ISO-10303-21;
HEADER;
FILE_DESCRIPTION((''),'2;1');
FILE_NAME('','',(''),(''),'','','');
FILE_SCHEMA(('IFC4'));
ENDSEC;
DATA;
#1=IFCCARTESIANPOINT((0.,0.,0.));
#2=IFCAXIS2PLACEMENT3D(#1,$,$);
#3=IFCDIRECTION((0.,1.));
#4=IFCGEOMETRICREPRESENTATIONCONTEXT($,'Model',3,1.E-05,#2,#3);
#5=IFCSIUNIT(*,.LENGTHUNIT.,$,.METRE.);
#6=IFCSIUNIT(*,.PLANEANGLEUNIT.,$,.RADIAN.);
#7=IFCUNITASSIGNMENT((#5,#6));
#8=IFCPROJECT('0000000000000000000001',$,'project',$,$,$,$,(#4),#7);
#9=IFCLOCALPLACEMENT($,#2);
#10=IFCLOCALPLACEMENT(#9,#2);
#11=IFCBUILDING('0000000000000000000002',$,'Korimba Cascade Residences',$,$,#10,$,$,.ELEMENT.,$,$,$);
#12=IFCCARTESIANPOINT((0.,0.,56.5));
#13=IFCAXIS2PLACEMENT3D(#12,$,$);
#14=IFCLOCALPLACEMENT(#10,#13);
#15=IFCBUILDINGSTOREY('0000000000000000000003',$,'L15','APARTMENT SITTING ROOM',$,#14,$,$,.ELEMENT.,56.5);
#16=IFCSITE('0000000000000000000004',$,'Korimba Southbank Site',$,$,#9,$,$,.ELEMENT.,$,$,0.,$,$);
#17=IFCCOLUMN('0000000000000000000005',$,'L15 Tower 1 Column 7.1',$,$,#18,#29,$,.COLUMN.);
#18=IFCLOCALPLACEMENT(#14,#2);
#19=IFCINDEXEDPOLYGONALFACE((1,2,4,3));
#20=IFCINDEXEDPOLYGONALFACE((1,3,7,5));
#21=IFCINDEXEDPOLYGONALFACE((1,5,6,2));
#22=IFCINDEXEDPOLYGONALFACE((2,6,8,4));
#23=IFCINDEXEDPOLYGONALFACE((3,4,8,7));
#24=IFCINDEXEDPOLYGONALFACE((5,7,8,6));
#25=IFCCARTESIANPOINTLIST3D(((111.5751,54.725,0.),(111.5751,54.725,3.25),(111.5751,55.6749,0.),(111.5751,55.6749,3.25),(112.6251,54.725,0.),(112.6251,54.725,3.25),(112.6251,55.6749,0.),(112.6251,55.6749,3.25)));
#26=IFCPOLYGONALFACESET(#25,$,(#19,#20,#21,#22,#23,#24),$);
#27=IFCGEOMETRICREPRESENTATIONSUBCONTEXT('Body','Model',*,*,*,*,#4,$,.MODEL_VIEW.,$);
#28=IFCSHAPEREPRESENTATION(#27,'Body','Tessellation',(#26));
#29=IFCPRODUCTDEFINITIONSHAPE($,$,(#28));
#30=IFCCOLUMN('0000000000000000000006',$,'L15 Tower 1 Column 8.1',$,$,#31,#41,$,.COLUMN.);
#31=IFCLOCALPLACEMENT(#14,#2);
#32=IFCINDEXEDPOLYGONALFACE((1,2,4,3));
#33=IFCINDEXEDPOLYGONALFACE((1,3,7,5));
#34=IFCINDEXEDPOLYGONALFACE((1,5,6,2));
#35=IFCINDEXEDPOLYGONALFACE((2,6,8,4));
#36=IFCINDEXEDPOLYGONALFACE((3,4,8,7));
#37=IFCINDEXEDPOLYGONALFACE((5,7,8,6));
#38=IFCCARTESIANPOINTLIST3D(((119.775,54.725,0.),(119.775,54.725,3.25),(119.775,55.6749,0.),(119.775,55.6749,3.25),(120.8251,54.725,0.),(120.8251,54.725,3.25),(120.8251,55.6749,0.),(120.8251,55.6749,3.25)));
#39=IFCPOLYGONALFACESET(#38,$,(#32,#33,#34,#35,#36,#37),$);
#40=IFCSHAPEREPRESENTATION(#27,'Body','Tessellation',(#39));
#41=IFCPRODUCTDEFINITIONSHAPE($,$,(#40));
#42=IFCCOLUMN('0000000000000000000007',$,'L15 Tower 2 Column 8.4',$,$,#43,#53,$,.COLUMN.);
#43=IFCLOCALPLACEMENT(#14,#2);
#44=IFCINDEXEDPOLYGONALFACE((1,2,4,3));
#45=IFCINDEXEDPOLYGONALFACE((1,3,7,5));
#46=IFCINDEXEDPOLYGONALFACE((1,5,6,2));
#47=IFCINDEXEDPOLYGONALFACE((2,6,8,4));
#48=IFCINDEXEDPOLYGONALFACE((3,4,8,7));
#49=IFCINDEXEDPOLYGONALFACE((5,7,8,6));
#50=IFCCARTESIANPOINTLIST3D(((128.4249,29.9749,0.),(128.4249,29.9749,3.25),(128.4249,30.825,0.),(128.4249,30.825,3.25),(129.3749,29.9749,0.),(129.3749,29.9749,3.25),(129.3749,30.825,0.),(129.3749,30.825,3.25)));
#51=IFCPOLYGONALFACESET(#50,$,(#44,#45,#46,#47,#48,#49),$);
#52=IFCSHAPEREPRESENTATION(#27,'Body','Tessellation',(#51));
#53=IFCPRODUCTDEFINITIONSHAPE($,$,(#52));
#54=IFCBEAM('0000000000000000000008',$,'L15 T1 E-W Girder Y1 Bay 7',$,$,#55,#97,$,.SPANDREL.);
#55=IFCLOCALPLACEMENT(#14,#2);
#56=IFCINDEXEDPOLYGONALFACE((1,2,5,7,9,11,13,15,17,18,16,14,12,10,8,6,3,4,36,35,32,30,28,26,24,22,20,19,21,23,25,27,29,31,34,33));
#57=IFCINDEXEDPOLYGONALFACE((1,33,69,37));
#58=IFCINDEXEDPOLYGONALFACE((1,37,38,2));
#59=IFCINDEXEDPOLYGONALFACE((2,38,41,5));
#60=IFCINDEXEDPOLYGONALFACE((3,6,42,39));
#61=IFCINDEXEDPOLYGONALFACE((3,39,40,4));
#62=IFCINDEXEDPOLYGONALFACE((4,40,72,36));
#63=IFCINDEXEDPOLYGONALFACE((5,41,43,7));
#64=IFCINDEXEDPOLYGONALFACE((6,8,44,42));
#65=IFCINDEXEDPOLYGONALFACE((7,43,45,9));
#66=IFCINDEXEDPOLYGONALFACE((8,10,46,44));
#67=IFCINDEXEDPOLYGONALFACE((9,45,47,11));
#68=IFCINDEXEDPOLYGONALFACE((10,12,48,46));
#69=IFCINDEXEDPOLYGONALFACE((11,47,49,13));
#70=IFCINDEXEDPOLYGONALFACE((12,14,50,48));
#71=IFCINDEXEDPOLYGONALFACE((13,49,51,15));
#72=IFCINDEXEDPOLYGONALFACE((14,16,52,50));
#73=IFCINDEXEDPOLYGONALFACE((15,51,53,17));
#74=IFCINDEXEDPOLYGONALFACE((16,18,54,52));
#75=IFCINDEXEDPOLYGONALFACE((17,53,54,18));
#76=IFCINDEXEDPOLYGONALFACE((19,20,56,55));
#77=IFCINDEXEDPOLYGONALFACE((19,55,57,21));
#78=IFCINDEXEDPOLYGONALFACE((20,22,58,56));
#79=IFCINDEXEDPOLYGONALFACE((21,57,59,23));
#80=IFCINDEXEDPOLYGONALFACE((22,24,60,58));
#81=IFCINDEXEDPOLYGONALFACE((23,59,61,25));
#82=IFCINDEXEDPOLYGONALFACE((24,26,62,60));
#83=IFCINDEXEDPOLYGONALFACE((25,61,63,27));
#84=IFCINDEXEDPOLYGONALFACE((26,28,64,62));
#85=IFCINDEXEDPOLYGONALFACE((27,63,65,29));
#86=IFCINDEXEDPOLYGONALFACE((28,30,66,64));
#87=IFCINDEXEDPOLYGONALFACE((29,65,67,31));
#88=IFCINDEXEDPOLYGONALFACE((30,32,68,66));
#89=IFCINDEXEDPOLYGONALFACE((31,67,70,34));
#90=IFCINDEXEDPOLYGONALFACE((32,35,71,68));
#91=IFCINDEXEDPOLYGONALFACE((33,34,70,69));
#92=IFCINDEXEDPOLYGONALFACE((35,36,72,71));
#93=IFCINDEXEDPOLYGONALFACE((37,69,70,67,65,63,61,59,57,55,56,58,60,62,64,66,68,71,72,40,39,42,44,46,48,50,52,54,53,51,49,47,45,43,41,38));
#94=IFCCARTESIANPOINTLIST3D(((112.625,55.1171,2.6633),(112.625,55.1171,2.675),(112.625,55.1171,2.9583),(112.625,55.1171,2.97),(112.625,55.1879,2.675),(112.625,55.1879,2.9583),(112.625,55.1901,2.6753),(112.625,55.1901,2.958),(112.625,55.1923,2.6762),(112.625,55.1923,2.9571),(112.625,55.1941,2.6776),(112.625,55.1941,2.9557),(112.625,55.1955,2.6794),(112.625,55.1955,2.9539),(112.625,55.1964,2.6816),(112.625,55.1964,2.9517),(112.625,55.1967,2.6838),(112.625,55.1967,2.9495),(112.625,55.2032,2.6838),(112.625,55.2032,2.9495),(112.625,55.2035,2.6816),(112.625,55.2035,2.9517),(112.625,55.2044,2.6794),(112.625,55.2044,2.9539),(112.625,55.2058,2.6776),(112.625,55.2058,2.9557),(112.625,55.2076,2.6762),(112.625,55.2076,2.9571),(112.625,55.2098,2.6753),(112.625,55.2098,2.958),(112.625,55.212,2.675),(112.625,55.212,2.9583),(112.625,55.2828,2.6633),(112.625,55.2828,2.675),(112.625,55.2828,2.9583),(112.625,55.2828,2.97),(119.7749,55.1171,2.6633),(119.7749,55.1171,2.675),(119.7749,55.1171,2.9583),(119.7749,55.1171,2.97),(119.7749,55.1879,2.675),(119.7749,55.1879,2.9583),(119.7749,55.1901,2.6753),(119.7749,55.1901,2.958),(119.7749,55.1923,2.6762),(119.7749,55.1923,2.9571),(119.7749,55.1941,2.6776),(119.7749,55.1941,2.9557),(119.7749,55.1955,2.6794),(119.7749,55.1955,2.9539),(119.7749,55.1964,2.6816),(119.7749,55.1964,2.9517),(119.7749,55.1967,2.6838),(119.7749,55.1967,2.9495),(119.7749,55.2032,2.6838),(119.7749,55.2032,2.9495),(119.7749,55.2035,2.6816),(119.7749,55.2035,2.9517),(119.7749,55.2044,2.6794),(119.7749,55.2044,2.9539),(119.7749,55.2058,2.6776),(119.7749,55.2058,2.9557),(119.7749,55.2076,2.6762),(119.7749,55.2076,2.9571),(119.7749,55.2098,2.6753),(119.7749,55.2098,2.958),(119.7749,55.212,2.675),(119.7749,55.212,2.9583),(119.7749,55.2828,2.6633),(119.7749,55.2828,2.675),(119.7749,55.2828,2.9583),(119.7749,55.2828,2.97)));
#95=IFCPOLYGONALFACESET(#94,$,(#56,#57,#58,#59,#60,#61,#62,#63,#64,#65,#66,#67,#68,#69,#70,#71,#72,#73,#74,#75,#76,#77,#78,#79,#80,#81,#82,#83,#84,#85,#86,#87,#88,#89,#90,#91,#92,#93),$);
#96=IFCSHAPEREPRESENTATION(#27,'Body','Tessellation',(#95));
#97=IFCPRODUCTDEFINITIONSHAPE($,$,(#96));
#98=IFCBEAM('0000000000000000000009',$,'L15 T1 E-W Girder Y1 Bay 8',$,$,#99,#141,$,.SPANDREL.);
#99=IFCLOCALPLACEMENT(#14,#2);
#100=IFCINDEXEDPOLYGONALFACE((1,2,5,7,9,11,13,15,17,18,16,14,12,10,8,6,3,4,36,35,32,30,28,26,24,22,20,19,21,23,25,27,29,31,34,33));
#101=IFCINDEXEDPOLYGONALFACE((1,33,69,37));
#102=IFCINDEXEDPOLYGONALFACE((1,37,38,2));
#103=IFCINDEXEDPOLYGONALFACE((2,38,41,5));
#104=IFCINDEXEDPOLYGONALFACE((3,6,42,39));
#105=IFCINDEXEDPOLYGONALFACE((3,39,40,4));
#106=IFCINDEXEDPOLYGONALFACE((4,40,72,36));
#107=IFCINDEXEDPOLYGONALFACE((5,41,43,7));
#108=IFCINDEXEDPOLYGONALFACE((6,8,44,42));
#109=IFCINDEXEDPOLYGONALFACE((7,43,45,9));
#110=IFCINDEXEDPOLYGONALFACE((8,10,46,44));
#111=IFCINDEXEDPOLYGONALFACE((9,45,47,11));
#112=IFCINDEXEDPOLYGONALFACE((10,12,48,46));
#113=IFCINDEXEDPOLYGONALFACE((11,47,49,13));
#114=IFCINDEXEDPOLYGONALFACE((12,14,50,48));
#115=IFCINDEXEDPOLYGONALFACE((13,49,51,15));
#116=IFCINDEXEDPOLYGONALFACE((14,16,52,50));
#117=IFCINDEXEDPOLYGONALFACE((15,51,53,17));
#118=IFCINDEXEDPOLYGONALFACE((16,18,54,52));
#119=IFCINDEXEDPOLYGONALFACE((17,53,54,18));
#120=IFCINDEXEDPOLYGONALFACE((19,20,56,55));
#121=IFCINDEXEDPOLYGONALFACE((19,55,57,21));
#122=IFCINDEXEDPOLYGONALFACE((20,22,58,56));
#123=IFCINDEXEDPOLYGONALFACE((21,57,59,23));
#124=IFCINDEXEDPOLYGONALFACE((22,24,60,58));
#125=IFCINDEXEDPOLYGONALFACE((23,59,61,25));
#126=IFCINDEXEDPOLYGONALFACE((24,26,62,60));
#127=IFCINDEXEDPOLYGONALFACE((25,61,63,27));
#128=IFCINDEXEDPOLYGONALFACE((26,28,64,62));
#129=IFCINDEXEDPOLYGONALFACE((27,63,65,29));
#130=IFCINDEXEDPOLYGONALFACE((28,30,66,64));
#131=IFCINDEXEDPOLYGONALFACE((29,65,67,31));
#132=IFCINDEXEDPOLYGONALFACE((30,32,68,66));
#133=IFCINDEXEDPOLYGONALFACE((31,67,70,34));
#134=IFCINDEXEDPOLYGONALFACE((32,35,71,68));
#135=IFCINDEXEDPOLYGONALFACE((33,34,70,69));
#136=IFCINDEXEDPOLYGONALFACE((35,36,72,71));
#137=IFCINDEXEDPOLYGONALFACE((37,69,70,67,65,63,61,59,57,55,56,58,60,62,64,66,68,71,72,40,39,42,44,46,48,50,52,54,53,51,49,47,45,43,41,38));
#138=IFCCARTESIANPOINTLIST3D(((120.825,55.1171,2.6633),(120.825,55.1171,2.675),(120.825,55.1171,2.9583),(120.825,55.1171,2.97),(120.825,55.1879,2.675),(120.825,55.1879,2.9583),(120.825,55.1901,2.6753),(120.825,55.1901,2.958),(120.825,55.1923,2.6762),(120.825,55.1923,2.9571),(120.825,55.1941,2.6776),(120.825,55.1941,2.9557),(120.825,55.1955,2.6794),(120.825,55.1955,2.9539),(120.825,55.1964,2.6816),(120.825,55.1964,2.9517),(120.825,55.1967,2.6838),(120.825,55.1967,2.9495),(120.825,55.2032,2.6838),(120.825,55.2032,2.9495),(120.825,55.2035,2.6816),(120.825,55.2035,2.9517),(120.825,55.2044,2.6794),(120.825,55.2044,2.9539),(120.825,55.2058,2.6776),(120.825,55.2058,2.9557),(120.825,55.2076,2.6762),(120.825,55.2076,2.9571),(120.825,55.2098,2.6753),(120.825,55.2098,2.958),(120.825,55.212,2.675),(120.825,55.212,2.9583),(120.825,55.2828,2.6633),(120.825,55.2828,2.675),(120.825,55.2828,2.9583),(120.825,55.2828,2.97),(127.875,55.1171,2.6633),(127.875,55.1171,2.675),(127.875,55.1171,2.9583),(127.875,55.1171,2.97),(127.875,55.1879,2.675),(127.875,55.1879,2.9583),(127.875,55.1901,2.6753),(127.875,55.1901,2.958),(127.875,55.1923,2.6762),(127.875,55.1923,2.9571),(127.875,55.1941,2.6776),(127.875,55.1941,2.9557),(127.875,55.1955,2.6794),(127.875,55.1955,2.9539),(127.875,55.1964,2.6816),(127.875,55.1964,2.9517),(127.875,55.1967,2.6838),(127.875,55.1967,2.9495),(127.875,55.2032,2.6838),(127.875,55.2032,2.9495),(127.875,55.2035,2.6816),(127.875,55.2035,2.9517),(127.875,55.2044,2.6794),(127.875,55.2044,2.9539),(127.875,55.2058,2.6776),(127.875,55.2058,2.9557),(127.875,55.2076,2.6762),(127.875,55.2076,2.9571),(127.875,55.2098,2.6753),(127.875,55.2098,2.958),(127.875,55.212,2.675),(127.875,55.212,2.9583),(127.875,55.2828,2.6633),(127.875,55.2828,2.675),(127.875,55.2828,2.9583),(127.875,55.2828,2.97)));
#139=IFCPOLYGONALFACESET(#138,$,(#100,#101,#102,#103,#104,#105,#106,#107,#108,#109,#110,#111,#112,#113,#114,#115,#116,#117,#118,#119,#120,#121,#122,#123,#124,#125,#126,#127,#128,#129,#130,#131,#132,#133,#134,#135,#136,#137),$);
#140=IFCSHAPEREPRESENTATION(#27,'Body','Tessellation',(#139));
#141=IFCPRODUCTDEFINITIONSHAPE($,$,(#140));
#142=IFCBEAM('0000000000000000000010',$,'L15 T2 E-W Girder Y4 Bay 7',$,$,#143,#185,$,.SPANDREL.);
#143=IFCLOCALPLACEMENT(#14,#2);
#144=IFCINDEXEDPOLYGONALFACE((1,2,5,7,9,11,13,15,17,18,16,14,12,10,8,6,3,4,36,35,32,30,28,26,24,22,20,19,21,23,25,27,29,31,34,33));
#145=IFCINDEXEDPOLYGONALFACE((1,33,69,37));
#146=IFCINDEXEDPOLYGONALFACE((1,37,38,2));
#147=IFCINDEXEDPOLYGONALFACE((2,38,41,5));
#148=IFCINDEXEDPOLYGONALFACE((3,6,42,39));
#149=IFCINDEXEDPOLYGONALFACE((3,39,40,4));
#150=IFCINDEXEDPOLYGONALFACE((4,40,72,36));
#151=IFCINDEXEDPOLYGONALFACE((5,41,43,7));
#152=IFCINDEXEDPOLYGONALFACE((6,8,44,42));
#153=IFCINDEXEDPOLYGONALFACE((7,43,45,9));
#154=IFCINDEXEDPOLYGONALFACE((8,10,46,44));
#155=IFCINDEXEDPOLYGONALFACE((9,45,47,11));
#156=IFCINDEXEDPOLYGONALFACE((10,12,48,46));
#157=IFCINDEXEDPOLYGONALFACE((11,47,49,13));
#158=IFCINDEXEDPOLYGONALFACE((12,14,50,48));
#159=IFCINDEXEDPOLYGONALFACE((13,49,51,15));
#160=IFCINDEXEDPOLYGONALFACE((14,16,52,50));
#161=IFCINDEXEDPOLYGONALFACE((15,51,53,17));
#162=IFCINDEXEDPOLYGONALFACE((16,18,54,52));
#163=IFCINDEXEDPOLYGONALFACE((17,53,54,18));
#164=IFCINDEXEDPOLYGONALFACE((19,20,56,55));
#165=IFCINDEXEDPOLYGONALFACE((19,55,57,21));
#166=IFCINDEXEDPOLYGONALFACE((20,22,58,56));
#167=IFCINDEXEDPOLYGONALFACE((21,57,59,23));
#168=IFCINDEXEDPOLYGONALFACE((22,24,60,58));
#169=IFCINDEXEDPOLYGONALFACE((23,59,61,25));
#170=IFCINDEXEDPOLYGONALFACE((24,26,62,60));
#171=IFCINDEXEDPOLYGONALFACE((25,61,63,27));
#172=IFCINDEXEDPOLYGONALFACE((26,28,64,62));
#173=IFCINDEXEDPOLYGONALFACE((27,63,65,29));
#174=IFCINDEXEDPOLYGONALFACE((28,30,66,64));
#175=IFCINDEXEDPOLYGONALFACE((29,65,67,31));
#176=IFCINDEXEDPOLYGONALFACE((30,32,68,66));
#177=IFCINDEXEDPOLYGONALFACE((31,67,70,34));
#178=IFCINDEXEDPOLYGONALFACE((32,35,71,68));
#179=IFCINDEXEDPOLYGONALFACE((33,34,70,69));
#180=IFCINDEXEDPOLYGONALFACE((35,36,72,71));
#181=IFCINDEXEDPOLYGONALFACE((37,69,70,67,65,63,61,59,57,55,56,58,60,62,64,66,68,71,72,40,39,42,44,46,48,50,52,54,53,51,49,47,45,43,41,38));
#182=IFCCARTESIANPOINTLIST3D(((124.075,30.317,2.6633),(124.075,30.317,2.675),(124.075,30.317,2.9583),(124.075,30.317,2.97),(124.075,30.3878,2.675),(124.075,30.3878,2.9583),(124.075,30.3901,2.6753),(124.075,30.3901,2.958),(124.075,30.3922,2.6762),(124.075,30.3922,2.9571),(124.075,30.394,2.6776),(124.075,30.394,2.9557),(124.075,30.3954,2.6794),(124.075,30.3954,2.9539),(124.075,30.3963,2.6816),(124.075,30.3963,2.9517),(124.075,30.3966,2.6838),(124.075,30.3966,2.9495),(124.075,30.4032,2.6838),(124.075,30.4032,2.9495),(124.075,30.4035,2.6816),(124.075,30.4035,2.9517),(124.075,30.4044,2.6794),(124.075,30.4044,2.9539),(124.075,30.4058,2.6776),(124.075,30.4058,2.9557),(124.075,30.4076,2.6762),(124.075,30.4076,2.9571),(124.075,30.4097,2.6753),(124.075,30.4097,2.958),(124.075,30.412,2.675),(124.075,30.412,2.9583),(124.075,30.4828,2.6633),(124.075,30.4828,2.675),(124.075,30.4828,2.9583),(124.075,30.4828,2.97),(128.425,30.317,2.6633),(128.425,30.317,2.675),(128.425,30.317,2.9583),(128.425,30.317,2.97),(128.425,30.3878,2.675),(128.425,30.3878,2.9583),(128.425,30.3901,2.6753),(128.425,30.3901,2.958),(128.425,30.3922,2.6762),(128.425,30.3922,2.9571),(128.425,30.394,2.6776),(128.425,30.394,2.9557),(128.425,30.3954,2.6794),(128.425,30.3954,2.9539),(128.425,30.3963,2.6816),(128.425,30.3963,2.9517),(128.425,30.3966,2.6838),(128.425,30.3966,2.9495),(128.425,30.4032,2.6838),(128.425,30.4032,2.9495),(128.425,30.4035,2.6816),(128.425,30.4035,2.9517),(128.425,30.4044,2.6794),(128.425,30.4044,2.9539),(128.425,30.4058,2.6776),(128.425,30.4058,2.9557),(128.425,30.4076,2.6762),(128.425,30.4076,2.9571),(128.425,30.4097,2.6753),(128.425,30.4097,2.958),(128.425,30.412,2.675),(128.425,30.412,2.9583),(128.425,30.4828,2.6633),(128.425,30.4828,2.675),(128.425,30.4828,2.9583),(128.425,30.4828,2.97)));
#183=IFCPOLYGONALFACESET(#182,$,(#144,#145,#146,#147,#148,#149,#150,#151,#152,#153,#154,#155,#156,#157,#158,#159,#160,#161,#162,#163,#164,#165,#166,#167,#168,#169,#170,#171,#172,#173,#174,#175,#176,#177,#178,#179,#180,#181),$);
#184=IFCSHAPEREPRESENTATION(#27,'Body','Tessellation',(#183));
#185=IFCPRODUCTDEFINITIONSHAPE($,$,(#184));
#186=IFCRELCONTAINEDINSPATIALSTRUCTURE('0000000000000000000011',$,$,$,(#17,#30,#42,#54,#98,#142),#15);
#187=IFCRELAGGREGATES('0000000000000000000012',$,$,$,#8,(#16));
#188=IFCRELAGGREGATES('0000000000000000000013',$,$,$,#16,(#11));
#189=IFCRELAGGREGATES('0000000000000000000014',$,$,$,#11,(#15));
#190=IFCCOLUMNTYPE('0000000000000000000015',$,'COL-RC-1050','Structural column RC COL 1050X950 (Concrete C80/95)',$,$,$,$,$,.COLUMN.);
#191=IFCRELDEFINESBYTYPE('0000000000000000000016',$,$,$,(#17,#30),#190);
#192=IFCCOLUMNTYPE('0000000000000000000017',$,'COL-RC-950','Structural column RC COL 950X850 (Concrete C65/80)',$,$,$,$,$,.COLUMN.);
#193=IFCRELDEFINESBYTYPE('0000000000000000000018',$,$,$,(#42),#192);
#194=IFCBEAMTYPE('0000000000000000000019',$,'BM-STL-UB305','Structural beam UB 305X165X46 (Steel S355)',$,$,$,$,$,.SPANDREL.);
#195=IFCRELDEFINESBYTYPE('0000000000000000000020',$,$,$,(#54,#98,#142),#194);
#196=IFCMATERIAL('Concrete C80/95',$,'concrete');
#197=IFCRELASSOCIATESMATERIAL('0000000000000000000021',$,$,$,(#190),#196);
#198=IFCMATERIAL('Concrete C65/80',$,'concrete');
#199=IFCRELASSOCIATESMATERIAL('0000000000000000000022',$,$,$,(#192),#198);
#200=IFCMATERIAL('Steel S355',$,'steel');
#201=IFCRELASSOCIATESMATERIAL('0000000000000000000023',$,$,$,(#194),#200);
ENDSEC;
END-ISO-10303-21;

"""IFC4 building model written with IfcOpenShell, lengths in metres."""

from ifc_helpers import new_model, si_unit, direction, frame, origin, origin_2d, place, context, subcontext, project, spatial, rectangle, i_section, extrude, material, material_profile, profile_set, type_object, element, save


model = new_model("IFC4")

# Units and contexts
model_context = context("Model", 3, precision=1e-05, world=origin(), true_north=direction((0.0, 1.0)))
body_context = subcontext(model_context, "Body", "Model", "MODEL_VIEW")
ifc_project = project(units=[si_unit("LENGTHUNIT", "METRE"), si_unit("PLANEANGLEUNIT", "RADIAN")], contexts=[model_context])

# Site, building, storey
site_placement = place(None, origin())
site = spatial("IfcSite", under=ifc_project, at=site_placement, Name="Korimba Southbank Site", CompositionType="ELEMENT", RefElevation=0.0)
building_placement = place(site_placement, origin())
building = spatial("IfcBuilding", under=site, at=building_placement, Name="Korimba Cascade Residences", CompositionType="ELEMENT")
storey_placement = place(building_placement, frame((0.0, 0.0, 56.5)))
storey = spatial("IfcBuildingStorey", under=building, at=storey_placement, Name="L15", Description="APARTMENT SITTING ROOM", CompositionType="ELEMENT", Elevation=56.5)

# Columns
ifc_material_1 = material(Name="Concrete C80/95", Category="concrete")
ifc_material_profile_1 = material_profile(ifc_material_1, rectangle(XDim=1.05, YDim=0.95, at=origin_2d()), Name="Concrete C80/95")
ifc_profile_set_1 = profile_set([ifc_material_profile_1], Name="Concrete C80/95")
column_type_1 = type_object("IfcColumnType", Name="COL-RC-1050", Description="Structural column RC COL 1050X950 (Concrete C80/95)", PredefinedType="COLUMN", material=ifc_profile_set_1)
for number, where, z_axis, x_axis, name in (
    (1, (112.1001, 55.2, 0.0), (0.0, 0.0, 1.0), (1.0, 0.0, 0.0), "L15 Tower 1 Column 7.1"),
    (2, (120.3, 55.2, 0.0), (0.0, 0.0, 1.0), (1.0, 0.0, 0.0), "L15 Tower 1 Column 8.1"),
):
    element("IfcColumn", number, at=place(storey_placement, frame(where, z_axis=z_axis, x_axis=x_axis)), inside=storey, type_object=column_type_1, Name=name, PredefinedType="COLUMN", context=body_context, shape_type="SweptSolid", body=[
        extrude(rectangle(XDim=1.05, YDim=0.95, at=origin_2d()), origin(), (0.0, 0.0, 1.0), 3.25),
    ])
ifc_material_2 = material(Name="Concrete C65/80", Category="concrete")
ifc_material_profile_2 = material_profile(ifc_material_2, rectangle(XDim=0.95, YDim=0.8501, at=origin_2d()), Name="Concrete C65/80")
ifc_profile_set_2 = profile_set([ifc_material_profile_2], Name="Concrete C65/80")
column_type_2 = type_object("IfcColumnType", Name="COL-RC-950", Description="Structural column RC COL 950X850 (Concrete C65/80)", PredefinedType="COLUMN", material=ifc_profile_set_2)
column_placement = place(storey_placement, frame((128.8999, 30.3999, 0.0), z_axis=(0.0, 0.0, 1.0), x_axis=(1.0, 0.0, 0.0)))
element("IfcColumn", 3, at=column_placement, inside=storey, type_object=column_type_2, Name="L15 Tower 2 Column 8.4", PredefinedType="COLUMN", context=body_context, shape_type="SweptSolid", body=[
    extrude(rectangle(XDim=0.95, YDim=0.8501, at=origin_2d()), origin(), (0.0, 0.0, 1.0), 3.25),
])

# Beams
ifc_material_3 = material(Name="Steel S355", Category="steel")
ifc_material_profile_3 = material_profile(ifc_material_3, i_section(OverallWidth=0.1658, OverallDepth=0.3066, WebThickness=0.0066, FlangeThickness=0.0117, FilletRadius=0.0088, at=origin_2d()), Name="Steel S355")
ifc_profile_set_3 = profile_set([ifc_material_profile_3], Name="Steel S355")
beam_type = type_object("IfcBeamType", Name="BM-STL-UB305", Description="Structural beam UB 305X165X46 (Steel S355)", PredefinedType="SPANDREL", material=ifc_profile_set_3)
beam_1_placement = place(storey_placement, frame((112.625, 55.2, 2.8167), z_axis=(1.0, 0.0, 0.0), x_axis=(0.0, 1.0, 0.0)))
element("IfcBeam", 4, at=beam_1_placement, inside=storey, type_object=beam_type, Name="L15 T1 E-W Girder Y1 Bay 7", PredefinedType="SPANDREL", context=body_context, shape_type="SweptSolid", body=[
    extrude(i_section(OverallWidth=0.1658, OverallDepth=0.3066, WebThickness=0.0066, FlangeThickness=0.0117, FilletRadius=0.0088, at=origin_2d()), origin(), (0.0, 0.0, 1.0), 7.1499),
])
beam_2_placement = place(storey_placement, frame((120.825, 55.2, 2.8167), z_axis=(1.0, 0.0, 0.0), x_axis=(0.0, 1.0, 0.0)))
element("IfcBeam", 5, at=beam_2_placement, inside=storey, type_object=beam_type, Name="L15 T1 E-W Girder Y1 Bay 8", PredefinedType="SPANDREL", context=body_context, shape_type="SweptSolid", body=[
    extrude(i_section(OverallWidth=0.1658, OverallDepth=0.3066, WebThickness=0.0066, FlangeThickness=0.0117, FilletRadius=0.0088, at=origin_2d()), origin(), (0.0, 0.0, 1.0), 7.05),
])
beam_3_placement = place(storey_placement, frame((124.075, 30.3999, 2.8167), z_axis=(1.0, 0.0, 0.0), x_axis=(0.0, 1.0, 0.0)))
element("IfcBeam", 6, at=beam_3_placement, inside=storey, type_object=beam_type, Name="L15 T2 E-W Girder Y4 Bay 7", PredefinedType="SPANDREL", context=body_context, shape_type="SweptSolid", body=[
    extrude(i_section(OverallWidth=0.1658, OverallDepth=0.3066, WebThickness=0.0066, FlangeThickness=0.0117, FilletRadius=0.0088, at=origin_2d()), origin(), (0.0, 0.0, 1.0), 4.3501),
])

save(model, "model.ifc")
